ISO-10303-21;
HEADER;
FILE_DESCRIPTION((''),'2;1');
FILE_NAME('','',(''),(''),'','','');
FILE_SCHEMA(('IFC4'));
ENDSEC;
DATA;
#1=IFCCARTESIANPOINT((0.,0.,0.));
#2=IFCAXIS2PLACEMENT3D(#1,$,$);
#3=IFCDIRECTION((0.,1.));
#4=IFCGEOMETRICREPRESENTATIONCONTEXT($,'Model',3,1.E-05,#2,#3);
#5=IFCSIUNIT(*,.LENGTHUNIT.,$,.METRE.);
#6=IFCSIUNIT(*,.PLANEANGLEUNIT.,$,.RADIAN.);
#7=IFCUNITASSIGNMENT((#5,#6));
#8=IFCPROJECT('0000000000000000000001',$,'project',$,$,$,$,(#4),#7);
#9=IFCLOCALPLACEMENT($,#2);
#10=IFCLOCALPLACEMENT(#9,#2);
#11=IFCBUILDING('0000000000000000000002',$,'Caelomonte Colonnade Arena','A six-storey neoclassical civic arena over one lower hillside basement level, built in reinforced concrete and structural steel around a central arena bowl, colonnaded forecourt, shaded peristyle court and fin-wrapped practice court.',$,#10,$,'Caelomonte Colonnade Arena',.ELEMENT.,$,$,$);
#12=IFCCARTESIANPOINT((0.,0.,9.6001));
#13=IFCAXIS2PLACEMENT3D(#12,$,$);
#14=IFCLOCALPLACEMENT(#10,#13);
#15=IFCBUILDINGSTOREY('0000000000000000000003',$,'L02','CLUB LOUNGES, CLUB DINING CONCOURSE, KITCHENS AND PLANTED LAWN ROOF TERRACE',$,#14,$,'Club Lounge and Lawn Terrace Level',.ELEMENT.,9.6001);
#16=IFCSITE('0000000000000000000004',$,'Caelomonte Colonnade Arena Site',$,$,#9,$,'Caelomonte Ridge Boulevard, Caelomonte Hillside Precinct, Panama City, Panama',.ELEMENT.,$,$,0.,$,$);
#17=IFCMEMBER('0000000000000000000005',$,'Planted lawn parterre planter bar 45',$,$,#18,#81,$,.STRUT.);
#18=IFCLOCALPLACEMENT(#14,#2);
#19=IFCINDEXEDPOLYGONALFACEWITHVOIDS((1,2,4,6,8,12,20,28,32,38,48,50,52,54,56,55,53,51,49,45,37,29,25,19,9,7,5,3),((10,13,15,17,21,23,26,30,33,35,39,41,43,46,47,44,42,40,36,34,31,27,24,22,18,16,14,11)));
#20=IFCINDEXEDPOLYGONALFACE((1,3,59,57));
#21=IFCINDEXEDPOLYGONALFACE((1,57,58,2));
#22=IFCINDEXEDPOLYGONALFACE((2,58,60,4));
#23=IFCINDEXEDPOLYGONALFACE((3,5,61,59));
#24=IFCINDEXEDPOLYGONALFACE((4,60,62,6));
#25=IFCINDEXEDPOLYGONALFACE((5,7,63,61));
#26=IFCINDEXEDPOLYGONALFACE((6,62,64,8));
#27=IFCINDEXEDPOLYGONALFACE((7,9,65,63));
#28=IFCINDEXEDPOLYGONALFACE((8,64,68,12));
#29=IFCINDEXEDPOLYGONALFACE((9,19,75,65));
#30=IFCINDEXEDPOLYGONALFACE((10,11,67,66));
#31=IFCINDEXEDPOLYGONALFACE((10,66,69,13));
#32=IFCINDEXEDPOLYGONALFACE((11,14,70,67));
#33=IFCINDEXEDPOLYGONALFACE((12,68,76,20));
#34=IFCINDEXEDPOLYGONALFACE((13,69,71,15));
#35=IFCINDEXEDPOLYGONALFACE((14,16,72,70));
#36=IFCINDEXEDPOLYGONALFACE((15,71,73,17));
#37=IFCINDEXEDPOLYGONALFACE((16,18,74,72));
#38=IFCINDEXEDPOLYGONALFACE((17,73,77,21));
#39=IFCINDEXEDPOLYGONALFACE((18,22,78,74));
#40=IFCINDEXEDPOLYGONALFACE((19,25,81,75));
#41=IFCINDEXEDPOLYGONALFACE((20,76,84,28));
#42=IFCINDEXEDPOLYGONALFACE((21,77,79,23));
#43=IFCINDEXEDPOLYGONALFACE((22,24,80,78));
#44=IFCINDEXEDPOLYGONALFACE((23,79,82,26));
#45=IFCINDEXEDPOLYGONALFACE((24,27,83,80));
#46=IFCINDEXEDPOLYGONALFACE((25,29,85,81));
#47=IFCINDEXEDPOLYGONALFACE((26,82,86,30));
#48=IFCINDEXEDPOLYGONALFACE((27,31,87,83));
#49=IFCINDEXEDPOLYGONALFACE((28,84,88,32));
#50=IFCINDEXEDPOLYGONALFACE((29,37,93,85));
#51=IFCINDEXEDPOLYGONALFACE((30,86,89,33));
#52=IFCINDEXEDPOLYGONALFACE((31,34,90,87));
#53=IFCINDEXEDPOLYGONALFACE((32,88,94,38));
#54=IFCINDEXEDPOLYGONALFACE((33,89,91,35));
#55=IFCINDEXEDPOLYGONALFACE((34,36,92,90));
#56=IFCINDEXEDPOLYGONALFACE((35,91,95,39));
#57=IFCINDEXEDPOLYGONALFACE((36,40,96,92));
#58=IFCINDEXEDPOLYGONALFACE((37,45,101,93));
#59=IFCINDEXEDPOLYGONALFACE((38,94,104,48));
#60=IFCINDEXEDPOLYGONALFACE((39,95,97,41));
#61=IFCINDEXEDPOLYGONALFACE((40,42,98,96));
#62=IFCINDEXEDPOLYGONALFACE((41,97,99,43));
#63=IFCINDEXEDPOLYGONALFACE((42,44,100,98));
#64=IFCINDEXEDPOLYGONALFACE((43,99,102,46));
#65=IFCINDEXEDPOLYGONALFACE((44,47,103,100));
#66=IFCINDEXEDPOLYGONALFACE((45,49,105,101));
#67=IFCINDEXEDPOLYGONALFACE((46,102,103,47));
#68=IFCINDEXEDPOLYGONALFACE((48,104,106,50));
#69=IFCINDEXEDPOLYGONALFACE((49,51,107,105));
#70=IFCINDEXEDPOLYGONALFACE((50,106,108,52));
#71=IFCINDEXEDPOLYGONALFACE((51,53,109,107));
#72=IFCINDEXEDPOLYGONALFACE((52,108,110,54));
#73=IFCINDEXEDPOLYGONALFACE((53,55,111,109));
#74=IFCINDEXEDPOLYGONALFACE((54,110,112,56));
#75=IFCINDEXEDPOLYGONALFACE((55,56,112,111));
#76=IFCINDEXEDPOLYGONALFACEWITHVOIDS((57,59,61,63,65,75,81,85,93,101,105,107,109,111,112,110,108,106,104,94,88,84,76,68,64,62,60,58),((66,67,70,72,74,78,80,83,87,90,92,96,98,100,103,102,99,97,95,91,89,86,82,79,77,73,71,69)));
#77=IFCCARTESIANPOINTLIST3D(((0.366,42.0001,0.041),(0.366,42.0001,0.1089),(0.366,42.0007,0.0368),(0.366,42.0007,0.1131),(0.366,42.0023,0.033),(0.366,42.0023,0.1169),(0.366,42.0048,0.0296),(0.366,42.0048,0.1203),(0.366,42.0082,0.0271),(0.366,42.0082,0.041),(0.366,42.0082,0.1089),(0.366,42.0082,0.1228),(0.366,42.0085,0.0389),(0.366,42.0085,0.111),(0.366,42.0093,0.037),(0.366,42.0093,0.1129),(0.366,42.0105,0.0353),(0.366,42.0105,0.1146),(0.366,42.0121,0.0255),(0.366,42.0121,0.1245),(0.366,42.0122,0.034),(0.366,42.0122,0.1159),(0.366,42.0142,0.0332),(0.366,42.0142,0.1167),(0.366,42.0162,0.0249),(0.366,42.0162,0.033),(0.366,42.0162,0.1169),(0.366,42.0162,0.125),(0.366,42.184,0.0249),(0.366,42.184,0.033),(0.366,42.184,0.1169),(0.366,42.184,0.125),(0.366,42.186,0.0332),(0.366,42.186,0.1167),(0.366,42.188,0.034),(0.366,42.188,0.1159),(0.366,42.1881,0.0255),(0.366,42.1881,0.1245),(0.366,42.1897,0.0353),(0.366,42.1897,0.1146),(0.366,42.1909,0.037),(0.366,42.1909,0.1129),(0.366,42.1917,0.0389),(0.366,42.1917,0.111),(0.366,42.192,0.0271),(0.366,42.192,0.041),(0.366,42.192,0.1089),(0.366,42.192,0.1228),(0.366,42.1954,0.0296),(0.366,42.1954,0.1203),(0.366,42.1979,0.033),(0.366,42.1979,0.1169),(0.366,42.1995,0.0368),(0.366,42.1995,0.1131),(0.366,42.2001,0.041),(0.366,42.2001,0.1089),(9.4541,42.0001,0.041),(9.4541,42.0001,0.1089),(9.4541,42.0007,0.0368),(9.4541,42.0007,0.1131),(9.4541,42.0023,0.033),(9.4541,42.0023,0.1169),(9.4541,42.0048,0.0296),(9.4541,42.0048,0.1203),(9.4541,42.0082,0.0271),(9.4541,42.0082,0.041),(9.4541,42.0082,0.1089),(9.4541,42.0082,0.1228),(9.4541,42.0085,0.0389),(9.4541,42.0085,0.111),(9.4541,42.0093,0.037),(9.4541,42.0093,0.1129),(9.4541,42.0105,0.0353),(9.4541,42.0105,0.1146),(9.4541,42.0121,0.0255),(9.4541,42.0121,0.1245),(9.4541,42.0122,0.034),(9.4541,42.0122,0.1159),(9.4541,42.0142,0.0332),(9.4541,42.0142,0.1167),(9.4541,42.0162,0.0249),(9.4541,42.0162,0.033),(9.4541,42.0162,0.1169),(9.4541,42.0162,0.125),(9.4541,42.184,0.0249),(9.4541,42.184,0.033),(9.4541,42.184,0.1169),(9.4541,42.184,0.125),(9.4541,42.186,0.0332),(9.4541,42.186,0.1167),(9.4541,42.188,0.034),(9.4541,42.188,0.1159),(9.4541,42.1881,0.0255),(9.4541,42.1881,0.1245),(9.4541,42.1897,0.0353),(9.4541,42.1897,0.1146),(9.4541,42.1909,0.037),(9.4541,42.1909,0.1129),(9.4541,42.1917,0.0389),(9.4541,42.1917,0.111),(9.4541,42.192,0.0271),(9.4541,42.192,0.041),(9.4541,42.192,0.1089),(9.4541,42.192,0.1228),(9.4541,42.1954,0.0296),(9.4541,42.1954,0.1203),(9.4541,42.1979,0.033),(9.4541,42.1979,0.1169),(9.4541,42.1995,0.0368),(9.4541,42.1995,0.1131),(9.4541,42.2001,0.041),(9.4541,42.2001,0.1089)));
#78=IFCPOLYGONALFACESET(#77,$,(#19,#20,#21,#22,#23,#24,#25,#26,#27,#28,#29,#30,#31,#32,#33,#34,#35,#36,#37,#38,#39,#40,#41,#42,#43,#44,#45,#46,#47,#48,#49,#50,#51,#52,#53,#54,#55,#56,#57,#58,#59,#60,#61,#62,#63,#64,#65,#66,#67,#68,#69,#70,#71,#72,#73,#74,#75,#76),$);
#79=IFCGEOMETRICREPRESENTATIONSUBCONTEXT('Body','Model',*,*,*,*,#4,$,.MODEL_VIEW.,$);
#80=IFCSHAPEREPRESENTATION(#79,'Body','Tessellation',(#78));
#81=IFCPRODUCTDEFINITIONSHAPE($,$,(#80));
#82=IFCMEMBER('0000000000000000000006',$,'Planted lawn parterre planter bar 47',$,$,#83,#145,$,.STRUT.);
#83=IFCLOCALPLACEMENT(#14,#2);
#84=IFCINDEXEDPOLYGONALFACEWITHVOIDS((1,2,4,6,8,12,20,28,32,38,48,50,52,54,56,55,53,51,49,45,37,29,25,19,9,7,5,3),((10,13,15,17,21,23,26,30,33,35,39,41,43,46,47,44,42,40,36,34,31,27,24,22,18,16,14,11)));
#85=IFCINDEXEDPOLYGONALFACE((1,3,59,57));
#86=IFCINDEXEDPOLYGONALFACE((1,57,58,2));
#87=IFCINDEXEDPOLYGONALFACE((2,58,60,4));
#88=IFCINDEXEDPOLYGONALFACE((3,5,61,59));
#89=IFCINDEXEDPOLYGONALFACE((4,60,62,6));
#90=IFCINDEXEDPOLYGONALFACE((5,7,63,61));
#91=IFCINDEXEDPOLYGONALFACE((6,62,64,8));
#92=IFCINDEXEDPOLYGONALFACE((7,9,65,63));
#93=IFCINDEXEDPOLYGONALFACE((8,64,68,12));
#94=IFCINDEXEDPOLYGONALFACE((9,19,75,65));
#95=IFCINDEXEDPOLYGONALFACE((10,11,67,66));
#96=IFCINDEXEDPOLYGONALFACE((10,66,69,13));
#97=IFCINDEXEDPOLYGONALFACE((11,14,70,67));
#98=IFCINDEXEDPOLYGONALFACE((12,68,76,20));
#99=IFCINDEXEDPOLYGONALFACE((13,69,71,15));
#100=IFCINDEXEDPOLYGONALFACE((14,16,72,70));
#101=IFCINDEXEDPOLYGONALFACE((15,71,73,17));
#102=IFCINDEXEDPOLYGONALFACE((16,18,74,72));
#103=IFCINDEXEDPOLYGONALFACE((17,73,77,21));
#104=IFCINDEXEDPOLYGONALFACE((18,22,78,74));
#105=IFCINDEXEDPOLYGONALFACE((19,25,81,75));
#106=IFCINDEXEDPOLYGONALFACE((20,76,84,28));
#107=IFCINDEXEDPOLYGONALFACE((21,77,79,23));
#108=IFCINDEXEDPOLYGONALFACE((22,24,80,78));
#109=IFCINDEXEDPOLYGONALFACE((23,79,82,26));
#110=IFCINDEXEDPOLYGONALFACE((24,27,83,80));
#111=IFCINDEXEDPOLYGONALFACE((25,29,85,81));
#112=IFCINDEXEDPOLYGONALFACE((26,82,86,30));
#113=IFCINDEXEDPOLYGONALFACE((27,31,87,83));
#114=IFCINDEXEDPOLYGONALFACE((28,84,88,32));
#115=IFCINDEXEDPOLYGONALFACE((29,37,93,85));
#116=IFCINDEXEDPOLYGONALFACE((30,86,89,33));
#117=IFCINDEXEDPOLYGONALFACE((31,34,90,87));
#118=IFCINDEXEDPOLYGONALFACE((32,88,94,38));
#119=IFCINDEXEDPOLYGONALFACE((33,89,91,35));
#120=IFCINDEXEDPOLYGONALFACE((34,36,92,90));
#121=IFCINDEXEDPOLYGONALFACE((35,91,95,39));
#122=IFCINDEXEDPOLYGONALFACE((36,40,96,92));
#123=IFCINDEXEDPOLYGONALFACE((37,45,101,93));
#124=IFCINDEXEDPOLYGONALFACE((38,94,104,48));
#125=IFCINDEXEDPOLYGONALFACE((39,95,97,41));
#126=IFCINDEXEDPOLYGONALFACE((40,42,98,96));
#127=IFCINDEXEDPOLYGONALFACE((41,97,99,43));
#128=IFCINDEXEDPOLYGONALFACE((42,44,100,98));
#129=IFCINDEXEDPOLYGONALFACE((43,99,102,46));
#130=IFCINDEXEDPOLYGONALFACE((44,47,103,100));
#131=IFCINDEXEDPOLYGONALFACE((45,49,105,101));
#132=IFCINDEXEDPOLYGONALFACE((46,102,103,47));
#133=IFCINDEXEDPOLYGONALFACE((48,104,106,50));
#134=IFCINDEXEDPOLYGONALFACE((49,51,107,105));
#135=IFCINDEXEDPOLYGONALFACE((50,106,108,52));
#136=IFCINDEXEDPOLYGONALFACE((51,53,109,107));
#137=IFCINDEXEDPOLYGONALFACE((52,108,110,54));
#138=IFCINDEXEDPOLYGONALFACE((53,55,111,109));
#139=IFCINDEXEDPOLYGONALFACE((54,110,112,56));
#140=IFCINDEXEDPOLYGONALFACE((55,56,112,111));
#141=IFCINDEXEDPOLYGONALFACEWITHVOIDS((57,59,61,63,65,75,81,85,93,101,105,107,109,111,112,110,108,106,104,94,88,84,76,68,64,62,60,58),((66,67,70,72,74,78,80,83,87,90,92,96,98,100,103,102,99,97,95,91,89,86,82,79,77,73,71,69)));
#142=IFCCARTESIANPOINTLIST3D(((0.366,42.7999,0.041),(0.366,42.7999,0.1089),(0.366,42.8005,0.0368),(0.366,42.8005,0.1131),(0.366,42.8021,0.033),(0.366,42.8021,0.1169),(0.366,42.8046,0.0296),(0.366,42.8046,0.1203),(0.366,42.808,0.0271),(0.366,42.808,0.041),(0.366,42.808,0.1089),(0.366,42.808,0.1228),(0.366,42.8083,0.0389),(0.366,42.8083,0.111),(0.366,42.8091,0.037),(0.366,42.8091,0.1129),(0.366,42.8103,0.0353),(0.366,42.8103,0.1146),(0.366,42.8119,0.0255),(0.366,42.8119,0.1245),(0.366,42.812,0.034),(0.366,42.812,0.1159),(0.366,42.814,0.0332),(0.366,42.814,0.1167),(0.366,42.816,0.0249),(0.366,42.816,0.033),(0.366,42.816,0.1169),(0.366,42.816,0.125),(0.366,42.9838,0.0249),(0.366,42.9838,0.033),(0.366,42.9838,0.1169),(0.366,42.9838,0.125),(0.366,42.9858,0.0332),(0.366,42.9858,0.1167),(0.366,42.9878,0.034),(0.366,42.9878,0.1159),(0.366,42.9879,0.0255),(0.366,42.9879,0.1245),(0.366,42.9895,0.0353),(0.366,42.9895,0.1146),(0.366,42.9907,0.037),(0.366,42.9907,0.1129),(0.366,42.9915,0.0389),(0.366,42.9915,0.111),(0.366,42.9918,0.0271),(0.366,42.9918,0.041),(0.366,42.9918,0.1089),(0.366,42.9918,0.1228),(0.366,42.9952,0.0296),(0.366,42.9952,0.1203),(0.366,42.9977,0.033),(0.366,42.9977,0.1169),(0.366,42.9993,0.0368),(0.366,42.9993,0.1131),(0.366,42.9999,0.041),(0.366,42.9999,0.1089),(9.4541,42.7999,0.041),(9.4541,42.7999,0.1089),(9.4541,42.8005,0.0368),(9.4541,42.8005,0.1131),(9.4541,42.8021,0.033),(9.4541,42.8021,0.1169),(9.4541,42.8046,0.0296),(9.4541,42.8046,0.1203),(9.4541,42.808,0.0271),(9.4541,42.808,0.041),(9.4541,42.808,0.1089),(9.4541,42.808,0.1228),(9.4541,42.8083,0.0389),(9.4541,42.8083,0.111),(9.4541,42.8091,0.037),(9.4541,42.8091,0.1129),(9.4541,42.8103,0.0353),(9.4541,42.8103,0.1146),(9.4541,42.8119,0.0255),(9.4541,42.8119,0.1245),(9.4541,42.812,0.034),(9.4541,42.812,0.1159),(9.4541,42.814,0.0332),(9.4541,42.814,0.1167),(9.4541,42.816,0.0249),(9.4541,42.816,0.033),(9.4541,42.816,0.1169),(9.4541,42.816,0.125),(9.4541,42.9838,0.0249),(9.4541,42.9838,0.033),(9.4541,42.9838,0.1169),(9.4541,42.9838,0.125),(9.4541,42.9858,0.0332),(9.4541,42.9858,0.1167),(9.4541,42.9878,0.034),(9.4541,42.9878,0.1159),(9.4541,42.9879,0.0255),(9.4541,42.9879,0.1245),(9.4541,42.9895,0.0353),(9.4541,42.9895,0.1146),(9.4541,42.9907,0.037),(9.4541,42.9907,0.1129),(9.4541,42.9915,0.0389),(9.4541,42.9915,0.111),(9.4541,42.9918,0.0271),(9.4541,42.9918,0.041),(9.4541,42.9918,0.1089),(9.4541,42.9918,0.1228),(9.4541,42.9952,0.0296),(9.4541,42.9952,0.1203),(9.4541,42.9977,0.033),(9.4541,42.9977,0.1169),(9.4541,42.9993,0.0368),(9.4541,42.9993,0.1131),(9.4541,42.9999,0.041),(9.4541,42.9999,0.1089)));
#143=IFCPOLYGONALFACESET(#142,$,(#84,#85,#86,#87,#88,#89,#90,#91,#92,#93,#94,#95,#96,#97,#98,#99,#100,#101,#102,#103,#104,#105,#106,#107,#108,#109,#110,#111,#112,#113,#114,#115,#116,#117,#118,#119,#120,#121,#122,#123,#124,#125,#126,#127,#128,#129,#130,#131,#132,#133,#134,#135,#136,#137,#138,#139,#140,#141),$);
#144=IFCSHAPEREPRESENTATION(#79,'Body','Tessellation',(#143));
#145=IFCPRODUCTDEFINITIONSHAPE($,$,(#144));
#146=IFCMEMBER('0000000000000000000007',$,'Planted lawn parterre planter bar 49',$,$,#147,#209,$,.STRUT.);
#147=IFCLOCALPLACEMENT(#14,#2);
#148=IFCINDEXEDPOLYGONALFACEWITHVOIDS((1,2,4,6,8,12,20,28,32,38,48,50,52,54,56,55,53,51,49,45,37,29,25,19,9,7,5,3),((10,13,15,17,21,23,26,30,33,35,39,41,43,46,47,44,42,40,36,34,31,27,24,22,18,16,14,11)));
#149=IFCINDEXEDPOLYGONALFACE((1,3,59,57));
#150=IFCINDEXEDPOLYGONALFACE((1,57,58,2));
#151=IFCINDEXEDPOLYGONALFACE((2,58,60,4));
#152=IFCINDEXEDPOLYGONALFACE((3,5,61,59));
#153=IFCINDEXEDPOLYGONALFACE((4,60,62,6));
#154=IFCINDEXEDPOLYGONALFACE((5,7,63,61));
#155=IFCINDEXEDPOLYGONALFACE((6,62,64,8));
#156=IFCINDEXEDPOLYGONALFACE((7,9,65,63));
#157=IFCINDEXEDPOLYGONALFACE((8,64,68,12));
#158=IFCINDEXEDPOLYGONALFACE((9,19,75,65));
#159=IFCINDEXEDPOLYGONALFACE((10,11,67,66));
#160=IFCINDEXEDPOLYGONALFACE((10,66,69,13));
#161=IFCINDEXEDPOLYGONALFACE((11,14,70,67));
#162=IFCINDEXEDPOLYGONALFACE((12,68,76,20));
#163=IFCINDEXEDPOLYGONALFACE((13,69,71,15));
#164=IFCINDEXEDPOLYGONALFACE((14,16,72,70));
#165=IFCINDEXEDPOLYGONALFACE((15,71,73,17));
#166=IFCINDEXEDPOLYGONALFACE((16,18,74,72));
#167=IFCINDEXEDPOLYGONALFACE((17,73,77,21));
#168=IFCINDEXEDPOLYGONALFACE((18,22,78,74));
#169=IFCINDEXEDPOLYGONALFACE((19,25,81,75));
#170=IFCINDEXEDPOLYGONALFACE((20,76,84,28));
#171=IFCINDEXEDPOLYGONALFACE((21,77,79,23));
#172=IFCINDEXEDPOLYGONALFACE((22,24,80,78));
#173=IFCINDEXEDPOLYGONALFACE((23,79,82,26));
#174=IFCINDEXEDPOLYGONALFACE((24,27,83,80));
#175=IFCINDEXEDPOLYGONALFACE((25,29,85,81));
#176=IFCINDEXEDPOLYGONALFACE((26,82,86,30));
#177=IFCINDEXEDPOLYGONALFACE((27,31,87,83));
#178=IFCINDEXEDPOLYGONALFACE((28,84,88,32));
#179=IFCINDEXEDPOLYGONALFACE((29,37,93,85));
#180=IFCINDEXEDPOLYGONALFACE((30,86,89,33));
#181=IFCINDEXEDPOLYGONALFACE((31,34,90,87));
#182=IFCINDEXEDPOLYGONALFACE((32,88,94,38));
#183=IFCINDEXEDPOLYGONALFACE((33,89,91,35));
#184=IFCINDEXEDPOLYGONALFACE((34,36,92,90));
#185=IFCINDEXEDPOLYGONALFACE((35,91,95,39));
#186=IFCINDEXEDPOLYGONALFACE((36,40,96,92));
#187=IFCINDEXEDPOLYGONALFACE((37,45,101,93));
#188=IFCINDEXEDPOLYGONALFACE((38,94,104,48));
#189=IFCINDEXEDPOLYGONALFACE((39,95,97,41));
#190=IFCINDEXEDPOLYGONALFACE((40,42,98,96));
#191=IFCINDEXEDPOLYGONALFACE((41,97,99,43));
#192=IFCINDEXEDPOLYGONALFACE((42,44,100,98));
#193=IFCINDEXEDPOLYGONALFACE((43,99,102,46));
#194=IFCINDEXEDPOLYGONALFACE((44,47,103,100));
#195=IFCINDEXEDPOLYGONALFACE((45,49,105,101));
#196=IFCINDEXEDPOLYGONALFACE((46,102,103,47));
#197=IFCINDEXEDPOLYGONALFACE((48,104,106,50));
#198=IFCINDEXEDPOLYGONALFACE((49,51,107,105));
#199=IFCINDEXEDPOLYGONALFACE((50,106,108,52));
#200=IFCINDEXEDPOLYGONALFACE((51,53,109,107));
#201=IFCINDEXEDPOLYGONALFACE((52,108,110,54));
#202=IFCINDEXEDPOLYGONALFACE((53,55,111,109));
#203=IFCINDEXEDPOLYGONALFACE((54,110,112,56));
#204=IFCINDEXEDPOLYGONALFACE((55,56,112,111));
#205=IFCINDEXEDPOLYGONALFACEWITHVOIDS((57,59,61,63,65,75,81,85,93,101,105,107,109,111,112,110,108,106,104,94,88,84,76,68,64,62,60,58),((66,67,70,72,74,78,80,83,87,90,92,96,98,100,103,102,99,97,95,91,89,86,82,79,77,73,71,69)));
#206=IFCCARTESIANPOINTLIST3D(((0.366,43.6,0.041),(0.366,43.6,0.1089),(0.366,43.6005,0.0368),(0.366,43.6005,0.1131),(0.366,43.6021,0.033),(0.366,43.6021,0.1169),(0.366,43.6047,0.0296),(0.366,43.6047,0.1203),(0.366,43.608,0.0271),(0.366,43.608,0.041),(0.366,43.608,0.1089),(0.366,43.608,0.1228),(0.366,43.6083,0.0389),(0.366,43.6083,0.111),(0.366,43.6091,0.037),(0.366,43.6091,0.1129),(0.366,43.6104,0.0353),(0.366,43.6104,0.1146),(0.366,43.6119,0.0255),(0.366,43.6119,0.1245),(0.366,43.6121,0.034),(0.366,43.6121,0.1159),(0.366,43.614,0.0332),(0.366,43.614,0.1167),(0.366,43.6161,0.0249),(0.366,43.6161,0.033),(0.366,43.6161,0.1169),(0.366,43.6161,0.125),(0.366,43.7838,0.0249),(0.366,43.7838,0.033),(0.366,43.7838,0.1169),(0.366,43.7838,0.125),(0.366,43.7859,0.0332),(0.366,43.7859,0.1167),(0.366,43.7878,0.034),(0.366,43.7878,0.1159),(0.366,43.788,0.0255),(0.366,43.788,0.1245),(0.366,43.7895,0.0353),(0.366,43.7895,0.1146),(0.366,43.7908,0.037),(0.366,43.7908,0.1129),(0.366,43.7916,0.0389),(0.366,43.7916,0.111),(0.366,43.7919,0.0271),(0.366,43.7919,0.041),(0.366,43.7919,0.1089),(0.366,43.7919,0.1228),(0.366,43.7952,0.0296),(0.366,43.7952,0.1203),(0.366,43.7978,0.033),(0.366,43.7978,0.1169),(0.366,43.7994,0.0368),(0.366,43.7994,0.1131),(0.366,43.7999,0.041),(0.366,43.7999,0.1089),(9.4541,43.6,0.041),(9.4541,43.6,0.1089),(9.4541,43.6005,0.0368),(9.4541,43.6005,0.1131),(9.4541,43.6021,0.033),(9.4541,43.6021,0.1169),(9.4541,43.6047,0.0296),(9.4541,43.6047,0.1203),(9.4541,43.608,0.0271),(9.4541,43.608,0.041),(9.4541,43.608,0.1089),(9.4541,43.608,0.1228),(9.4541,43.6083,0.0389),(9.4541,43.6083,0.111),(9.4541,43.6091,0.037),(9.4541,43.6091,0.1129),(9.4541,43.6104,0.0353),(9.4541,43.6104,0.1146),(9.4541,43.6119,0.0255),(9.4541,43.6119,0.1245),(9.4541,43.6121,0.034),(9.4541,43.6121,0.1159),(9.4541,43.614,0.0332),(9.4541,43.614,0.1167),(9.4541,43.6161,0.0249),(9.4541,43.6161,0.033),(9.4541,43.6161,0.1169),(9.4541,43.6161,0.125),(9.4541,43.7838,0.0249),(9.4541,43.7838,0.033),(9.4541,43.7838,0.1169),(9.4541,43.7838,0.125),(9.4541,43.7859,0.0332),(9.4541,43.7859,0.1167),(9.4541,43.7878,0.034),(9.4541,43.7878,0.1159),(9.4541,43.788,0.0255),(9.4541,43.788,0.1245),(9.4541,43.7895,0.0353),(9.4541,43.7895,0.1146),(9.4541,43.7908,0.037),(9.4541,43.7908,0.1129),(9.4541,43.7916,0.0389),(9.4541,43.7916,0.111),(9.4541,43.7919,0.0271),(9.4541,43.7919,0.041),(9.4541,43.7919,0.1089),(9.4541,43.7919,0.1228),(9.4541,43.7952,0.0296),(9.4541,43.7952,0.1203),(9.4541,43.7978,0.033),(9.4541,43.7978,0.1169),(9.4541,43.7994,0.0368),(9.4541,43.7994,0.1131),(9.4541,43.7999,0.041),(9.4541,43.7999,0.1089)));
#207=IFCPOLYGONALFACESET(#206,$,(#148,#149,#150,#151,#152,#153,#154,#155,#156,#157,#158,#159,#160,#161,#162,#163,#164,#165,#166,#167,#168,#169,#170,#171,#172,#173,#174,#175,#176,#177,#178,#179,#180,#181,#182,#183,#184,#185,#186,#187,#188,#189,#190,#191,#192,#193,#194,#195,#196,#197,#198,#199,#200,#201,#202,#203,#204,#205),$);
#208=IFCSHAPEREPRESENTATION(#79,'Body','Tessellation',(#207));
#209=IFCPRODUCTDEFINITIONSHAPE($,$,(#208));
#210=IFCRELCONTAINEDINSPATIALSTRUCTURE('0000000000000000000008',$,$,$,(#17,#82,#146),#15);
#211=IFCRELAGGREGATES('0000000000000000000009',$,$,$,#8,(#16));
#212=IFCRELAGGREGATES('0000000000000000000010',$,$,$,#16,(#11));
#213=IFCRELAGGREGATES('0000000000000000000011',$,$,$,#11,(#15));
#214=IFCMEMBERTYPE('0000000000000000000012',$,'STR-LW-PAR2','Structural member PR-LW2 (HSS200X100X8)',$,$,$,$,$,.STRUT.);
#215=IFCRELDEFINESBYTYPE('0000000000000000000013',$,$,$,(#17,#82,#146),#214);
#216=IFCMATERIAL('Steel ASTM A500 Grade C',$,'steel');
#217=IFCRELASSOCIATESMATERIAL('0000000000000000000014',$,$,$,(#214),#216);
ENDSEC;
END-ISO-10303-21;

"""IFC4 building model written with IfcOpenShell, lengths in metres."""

from ifc_helpers import new_model, si_unit, direction, frame, origin, origin_2d, place, context, subcontext, project, spatial, hollow_rectangle, extrude, material, material_profile, profile_set, type_object, element, save


model = new_model("IFC4")

# Units and contexts
model_context = context("Model", 3, precision=1e-05, world=origin(), true_north=direction((0.0, 1.0)))
body_context = subcontext(model_context, "Body", "Model", "MODEL_VIEW")
ifc_project = project(units=[si_unit("LENGTHUNIT", "METRE"), si_unit("PLANEANGLEUNIT", "RADIAN")], contexts=[model_context])

# Site, building, storey
site_placement = place(None, origin())
site = spatial("IfcSite", under=ifc_project, at=site_placement, Name="Caelomonte Colonnade Arena Site", LongName="Caelomonte Ridge Boulevard, Caelomonte Hillside Precinct, Panama City, Panama", CompositionType="ELEMENT", RefElevation=0.0)
building_placement = place(site_placement, origin())
building = spatial("IfcBuilding", under=site, at=building_placement, Name="Caelomonte Colonnade Arena", Description="A six-storey neoclassical civic arena over one lower hillside basement level, built in reinforced concrete and structural steel around a central arena bowl, colonnaded forecourt, shaded peristyle court and fin-wrapped practice court.", LongName="Caelomonte Colonnade Arena", CompositionType="ELEMENT")
storey_placement = place(building_placement, frame((0.0, 0.0, 9.6001)))
storey = spatial("IfcBuildingStorey", under=building, at=storey_placement, Name="L02", Description="CLUB LOUNGES, CLUB DINING CONCOURSE, KITCHENS AND PLANTED LAWN ROOF TERRACE", LongName="Club Lounge and Lawn Terrace Level", CompositionType="ELEMENT", Elevation=9.6001)

# Members
ifc_material_1 = material(Name="Steel ASTM A500 Grade C", Category="steel")
ifc_material_profile_1 = material_profile(ifc_material_1, hollow_rectangle(XDim=0.2, YDim=0.1001, WallThickness=0.0081, InnerFilletRadius=0.0081, OuterFilletRadius=0.0161, at=origin_2d()), Name="HSS200X100X8")
ifc_profile_set_1 = profile_set([ifc_material_profile_1], Name="Steel ASTM A500 Grade C")
member_type_1 = type_object("IfcMemberType", Name="STR-LW-PAR2", Description="Structural member PR-LW2 (HSS200X100X8)", PredefinedType="STRUT", material=ifc_profile_set_1)
for number, where, z_axis, x_axis, name in (
    (1, (0.366, 42.1001, 0.075), (1.0, 0.0, 0.0), (0.0, 1.0, 0.0), "Planted lawn parterre planter bar 45"),
    (2, (0.366, 42.8999, 0.075), (1.0, 0.0, 0.0), (0.0, 1.0, 0.0), "Planted lawn parterre planter bar 47"),
    (3, (0.366, 43.7, 0.075), (1.0, 0.0, 0.0), (0.0, 1.0, 0.0), "Planted lawn parterre planter bar 49"),
):
    element("IfcMember", number, at=place(storey_placement, frame(where, z_axis=z_axis, x_axis=x_axis)), inside=storey, type_object=member_type_1, Name=name, PredefinedType="STRUT", context=body_context, shape_type="SweptSolid", body=[
        extrude(hollow_rectangle(XDim=0.2, YDim=0.1001, WallThickness=0.0081, InnerFilletRadius=0.0081, OuterFilletRadius=0.0161, at=origin_2d()), origin(), (0.0, 0.0, 1.0), 9.0881),
    ])

save(model, "model.ifc")
